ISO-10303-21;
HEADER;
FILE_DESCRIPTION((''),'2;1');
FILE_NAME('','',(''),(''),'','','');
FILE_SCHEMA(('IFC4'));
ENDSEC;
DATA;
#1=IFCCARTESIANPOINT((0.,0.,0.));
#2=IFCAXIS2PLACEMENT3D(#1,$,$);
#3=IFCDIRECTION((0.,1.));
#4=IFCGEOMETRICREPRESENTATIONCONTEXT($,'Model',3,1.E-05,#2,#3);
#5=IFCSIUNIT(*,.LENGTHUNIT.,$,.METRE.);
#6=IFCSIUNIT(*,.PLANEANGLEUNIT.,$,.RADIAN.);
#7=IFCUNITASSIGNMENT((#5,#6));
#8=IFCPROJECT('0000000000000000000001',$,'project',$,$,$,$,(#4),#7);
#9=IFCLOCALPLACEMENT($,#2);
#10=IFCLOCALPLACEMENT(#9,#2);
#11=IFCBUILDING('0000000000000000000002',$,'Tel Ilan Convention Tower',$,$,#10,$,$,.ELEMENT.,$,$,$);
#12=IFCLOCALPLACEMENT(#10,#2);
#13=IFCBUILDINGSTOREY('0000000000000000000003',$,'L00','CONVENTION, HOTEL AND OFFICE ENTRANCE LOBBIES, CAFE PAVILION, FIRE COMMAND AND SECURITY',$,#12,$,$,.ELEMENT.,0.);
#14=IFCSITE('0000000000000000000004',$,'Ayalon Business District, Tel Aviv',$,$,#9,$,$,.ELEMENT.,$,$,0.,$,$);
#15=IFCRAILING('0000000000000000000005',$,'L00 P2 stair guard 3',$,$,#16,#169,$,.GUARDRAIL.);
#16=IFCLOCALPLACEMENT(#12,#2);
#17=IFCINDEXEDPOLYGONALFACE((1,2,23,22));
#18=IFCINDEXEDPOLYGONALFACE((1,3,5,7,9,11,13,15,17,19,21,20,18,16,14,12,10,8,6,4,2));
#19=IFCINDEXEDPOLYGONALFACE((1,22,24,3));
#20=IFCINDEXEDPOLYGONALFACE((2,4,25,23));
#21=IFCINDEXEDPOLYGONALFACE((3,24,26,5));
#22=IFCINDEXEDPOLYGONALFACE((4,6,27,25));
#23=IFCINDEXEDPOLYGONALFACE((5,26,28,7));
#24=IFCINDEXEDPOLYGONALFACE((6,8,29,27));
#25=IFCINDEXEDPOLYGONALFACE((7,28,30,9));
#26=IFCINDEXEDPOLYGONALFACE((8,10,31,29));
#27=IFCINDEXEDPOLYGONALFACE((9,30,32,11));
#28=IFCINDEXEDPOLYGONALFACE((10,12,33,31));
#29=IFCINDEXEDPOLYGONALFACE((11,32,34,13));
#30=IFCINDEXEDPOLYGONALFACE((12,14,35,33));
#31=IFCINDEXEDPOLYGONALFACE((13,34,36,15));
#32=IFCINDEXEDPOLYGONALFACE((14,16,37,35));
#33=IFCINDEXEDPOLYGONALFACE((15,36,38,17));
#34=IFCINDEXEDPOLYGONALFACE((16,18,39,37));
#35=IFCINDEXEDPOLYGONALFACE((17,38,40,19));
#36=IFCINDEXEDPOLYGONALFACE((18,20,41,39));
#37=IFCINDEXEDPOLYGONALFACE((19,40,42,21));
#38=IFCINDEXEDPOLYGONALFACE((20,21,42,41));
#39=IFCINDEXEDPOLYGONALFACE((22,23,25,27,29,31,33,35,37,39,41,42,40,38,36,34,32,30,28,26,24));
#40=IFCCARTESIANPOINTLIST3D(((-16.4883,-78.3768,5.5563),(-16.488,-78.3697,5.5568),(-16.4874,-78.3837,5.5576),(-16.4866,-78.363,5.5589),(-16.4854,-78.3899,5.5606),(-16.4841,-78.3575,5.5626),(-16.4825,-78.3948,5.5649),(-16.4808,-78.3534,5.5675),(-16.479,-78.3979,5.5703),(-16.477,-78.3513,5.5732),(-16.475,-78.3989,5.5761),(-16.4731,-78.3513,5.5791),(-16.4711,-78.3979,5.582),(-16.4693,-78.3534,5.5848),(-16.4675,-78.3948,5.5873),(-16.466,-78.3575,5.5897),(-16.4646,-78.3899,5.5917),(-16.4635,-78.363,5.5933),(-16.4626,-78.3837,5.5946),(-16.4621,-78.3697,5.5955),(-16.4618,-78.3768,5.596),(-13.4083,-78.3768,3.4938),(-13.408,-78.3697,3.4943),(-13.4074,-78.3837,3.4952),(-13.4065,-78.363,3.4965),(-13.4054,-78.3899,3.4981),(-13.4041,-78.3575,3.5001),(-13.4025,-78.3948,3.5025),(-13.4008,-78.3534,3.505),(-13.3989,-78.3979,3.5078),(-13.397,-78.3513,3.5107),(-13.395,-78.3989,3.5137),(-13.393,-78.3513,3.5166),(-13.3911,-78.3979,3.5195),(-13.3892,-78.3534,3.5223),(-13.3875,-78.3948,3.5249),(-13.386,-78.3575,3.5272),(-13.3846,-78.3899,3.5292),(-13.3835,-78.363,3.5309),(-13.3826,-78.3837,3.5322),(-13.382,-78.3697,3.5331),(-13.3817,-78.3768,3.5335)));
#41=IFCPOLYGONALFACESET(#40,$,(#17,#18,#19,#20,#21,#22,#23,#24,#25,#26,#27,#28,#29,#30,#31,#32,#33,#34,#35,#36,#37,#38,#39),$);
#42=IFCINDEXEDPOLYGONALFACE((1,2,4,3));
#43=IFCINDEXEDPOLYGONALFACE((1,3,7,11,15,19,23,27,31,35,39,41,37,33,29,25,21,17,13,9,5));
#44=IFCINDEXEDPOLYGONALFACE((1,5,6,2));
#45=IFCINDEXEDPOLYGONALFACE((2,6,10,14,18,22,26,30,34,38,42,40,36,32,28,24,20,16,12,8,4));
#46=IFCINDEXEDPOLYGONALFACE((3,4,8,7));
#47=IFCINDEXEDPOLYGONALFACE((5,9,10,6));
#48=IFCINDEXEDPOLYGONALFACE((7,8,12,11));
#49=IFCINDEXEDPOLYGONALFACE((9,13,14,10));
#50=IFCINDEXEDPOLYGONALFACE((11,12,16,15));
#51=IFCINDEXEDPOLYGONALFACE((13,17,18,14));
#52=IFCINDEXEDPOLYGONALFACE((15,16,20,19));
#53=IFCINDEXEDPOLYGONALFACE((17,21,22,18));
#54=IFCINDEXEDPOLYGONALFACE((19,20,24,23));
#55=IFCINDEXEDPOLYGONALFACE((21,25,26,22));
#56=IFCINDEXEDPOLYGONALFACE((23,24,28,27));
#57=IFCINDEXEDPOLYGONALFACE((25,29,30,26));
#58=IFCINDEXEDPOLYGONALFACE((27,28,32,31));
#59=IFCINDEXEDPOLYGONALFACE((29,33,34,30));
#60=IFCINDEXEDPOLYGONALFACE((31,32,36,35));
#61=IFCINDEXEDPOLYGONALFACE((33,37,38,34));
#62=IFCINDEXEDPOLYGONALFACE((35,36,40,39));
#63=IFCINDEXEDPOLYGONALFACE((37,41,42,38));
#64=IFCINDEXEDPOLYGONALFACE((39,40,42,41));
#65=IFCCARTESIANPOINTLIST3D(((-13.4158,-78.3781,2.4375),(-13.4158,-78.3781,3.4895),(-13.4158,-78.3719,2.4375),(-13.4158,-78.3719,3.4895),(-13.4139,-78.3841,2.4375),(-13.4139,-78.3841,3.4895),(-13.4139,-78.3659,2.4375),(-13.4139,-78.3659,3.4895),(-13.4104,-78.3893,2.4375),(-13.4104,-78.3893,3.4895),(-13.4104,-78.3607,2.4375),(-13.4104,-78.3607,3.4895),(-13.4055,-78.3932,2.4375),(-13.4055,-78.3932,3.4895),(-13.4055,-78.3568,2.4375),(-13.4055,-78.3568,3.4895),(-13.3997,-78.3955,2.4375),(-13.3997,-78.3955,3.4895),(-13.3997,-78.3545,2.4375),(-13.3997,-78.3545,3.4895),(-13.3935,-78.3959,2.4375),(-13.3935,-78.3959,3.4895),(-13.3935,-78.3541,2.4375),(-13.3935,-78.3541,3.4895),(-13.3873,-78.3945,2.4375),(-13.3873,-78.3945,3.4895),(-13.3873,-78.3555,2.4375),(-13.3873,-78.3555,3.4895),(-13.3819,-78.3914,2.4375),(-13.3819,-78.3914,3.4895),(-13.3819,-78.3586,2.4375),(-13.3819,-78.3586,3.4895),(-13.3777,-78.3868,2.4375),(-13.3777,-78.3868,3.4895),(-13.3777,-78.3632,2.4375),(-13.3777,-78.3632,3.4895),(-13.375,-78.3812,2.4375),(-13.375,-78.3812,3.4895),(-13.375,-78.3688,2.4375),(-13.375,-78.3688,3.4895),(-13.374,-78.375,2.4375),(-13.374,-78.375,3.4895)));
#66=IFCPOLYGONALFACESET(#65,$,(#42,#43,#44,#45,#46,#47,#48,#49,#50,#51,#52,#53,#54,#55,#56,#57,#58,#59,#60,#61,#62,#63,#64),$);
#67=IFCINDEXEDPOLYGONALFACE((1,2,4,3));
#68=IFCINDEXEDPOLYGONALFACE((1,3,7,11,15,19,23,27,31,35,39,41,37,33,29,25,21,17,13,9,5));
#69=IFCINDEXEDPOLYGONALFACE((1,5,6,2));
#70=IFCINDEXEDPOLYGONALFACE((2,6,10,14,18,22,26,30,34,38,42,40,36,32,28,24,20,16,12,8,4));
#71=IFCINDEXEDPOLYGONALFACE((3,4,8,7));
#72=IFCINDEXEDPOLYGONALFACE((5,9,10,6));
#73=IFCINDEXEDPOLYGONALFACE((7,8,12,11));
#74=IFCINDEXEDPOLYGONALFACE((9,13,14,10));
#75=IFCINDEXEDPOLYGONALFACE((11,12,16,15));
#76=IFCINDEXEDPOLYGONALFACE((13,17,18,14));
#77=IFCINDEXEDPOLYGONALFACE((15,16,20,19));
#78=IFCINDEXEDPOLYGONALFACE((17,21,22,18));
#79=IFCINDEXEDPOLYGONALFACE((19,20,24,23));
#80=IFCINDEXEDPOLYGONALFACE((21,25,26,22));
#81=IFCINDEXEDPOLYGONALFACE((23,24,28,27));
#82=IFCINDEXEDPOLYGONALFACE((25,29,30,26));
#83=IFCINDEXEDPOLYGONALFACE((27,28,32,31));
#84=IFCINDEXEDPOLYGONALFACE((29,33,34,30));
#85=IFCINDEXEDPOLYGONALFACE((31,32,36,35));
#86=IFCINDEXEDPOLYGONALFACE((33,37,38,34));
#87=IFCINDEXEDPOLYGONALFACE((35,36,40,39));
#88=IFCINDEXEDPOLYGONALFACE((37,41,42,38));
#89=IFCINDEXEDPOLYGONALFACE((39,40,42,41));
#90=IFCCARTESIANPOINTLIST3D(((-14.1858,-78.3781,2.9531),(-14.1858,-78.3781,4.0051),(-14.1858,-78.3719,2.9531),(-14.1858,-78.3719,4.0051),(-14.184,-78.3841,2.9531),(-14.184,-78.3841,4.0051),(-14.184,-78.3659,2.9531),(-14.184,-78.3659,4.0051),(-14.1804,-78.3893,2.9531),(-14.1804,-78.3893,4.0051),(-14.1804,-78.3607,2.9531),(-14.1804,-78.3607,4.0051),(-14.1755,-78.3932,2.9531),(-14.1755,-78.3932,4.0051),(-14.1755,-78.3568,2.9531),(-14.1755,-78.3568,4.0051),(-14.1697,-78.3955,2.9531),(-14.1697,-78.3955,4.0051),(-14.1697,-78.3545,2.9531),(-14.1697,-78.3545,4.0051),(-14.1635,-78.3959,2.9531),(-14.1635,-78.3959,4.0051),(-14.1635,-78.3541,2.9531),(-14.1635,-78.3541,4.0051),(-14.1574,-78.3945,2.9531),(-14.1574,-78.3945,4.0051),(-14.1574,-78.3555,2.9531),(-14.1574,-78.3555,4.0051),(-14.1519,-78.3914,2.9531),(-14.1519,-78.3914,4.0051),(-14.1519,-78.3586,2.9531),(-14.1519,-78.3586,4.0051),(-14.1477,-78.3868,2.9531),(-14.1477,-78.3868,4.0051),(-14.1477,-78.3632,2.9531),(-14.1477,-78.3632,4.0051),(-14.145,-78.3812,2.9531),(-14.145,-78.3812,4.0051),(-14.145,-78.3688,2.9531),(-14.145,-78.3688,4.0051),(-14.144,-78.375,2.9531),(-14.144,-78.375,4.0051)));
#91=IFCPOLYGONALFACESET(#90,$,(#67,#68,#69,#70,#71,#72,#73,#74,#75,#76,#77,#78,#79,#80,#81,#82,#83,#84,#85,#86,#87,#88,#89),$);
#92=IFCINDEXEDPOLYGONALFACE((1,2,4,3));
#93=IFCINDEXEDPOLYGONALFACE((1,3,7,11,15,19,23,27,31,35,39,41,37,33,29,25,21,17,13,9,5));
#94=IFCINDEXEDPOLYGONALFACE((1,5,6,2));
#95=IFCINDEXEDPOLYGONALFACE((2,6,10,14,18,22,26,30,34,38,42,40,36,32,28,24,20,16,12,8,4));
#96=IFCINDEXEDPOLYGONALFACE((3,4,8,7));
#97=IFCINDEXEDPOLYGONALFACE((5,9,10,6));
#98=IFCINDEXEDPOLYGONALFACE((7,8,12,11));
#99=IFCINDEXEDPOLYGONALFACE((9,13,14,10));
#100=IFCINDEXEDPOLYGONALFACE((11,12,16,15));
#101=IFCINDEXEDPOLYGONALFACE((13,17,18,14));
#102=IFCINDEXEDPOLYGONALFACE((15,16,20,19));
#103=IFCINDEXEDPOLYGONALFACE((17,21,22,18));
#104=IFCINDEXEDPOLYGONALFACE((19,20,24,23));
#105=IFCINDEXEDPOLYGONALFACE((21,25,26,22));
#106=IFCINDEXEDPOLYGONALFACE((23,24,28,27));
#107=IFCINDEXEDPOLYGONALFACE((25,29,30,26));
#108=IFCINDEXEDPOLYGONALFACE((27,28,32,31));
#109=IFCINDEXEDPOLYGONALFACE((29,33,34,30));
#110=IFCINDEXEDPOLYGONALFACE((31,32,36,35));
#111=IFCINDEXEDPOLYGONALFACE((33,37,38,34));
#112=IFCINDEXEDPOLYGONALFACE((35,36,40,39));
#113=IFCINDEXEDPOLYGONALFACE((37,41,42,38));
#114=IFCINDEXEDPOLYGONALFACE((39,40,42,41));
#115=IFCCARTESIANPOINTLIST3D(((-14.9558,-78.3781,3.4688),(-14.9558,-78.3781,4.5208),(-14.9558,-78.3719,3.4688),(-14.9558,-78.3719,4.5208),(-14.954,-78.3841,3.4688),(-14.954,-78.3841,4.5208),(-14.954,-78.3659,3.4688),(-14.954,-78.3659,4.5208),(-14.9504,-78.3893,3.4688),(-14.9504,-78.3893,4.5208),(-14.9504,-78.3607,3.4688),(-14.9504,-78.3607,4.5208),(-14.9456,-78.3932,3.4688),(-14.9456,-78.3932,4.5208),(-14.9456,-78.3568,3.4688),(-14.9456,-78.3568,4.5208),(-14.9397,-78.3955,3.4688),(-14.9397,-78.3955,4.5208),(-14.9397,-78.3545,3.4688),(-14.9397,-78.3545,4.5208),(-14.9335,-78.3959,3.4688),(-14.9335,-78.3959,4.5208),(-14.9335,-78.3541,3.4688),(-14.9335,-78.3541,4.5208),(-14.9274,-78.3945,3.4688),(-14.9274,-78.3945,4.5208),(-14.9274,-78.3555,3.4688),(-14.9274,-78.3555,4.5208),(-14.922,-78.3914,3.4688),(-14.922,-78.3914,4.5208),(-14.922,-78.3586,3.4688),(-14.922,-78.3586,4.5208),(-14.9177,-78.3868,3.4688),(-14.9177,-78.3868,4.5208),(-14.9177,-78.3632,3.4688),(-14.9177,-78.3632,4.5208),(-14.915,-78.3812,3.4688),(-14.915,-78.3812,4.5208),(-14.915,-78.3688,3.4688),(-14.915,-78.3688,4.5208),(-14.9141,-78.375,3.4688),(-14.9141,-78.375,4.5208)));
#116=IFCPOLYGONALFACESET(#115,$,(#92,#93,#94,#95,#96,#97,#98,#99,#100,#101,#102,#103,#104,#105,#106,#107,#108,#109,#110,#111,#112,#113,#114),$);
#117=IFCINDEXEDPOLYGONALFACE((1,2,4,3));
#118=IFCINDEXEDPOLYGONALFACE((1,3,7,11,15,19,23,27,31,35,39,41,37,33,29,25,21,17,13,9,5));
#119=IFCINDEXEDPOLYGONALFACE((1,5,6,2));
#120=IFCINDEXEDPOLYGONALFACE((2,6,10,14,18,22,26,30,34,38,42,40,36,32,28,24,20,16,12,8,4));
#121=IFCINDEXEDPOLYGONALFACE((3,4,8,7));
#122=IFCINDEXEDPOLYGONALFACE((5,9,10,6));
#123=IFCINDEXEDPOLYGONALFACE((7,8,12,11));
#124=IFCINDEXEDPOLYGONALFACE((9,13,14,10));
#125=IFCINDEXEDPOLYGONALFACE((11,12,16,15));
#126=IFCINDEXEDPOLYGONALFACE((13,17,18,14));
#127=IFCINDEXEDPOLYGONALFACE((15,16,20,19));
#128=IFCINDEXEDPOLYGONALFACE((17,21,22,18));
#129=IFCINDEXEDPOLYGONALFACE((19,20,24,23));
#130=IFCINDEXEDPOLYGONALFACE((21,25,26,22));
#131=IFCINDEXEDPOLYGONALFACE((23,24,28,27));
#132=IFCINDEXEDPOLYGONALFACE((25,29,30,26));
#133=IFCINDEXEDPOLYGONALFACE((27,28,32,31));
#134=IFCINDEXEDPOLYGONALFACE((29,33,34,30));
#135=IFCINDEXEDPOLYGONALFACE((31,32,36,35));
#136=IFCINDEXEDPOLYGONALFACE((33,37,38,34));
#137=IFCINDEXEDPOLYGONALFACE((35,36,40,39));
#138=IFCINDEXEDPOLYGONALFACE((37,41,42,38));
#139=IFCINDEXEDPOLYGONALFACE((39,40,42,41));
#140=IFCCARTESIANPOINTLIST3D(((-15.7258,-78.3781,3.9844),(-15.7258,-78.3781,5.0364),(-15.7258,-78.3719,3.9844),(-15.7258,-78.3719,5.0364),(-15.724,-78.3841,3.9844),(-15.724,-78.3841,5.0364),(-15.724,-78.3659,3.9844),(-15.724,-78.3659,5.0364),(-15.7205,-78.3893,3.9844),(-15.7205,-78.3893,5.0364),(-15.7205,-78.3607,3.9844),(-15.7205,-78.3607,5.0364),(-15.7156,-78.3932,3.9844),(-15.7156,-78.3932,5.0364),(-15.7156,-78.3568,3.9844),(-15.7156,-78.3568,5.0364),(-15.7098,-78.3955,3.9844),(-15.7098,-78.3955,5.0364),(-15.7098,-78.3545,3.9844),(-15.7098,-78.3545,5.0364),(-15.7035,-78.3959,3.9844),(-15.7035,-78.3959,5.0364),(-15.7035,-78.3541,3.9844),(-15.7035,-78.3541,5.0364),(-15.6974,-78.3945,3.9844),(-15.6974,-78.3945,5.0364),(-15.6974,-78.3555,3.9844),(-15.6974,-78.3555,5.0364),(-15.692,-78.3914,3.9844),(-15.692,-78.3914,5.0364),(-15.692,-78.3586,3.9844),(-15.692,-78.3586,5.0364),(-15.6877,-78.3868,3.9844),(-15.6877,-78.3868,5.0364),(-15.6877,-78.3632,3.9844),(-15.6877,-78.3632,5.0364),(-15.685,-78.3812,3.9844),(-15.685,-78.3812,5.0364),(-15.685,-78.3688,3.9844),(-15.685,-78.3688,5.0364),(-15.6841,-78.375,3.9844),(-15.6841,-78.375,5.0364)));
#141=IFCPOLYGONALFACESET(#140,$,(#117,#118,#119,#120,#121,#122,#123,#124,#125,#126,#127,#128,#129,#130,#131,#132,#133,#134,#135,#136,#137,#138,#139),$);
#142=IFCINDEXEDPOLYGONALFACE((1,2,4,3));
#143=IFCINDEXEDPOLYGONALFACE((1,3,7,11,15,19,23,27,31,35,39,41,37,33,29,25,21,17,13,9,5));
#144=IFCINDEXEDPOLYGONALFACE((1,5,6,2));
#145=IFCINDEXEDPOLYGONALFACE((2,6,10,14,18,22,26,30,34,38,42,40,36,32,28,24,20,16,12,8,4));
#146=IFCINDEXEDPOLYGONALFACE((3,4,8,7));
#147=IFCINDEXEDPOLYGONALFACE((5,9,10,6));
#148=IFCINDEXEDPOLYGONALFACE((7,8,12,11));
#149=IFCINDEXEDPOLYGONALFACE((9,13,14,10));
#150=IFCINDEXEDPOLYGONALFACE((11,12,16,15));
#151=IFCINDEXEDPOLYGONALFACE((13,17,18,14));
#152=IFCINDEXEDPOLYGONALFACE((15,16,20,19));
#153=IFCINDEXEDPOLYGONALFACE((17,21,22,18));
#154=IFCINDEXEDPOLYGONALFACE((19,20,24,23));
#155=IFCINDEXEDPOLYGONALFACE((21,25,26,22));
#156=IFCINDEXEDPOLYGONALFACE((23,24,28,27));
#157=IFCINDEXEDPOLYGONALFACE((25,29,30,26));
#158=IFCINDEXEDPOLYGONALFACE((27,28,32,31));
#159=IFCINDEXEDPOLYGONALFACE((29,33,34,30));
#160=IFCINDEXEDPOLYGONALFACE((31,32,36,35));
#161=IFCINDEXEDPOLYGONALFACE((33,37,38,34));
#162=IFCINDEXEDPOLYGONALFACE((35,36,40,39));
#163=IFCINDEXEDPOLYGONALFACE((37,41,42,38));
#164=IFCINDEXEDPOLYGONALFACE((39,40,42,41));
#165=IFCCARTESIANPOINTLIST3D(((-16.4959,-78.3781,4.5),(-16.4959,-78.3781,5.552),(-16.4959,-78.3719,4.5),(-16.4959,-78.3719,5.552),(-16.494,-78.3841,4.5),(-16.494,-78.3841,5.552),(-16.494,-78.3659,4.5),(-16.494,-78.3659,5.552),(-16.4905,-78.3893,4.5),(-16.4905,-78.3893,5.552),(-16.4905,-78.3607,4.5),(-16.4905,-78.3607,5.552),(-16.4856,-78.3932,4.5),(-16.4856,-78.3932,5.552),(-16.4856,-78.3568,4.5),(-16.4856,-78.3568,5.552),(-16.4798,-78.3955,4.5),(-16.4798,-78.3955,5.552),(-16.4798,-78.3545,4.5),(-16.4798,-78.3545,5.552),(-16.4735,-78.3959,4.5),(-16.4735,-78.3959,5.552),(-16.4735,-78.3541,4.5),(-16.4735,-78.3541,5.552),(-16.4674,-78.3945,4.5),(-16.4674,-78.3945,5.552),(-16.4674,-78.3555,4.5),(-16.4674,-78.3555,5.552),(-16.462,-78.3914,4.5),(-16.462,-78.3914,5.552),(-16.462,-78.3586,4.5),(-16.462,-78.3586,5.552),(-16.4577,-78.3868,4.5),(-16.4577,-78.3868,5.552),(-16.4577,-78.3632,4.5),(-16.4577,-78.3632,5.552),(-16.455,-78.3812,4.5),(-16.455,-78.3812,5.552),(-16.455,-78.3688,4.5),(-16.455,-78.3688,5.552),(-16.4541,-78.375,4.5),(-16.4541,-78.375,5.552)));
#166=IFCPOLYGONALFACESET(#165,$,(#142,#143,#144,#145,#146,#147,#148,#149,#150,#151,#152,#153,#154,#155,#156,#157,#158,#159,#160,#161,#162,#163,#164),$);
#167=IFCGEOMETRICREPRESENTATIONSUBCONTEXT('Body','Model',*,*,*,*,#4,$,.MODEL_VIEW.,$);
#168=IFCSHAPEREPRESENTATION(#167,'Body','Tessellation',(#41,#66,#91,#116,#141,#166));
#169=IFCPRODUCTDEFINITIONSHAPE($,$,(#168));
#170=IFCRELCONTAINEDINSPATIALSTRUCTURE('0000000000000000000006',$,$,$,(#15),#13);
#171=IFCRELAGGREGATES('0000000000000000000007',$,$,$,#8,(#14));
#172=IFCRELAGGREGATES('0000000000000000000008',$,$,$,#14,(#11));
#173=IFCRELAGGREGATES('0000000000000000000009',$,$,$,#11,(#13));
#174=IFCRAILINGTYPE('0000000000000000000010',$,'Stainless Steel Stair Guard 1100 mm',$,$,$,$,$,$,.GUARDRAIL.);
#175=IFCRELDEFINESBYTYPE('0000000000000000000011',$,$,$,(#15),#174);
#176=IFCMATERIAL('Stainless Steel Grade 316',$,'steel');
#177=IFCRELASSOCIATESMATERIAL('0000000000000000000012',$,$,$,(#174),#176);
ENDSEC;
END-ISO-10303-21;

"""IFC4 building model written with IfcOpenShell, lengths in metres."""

from ifc_helpers import new_model, si_unit, direction, frame, origin, origin_2d, place, context, subcontext, project, spatial, circle, extrude, material, type_object, element, save


model = new_model("IFC4")

# Units and contexts
model_context = context("Model", 3, precision=1e-05, world=origin(), true_north=direction((0.0, 1.0)))
body_context = subcontext(model_context, "Body", "Model", "MODEL_VIEW")
ifc_project = project(units=[si_unit("LENGTHUNIT", "METRE"), si_unit("PLANEANGLEUNIT", "RADIAN")], contexts=[model_context])

# Site, building, storey
site_placement = place(None, origin())
site = spatial("IfcSite", under=ifc_project, at=site_placement, Name="Ayalon Business District, Tel Aviv", CompositionType="ELEMENT", RefElevation=0.0)
building_placement = place(site_placement, origin())
building = spatial("IfcBuilding", under=site, at=building_placement, Name="Tel Ilan Convention Tower", CompositionType="ELEMENT")
storey_placement = place(building_placement, origin())
storey = spatial("IfcBuildingStorey", under=building, at=storey_placement, Name="L00", Description="CONVENTION, HOTEL AND OFFICE ENTRANCE LOBBIES, CAFE PAVILION, FIRE COMMAND AND SECURITY", CompositionType="ELEMENT", Elevation=0.0)

# Railing
ifc_material_1 = material(Name="Stainless Steel Grade 316", Category="steel")
railing_type_1 = type_object("IfcRailingType", Name="Stainless Steel Stair Guard 1100 mm", PredefinedType="GUARDRAIL", material=ifc_material_1)
railing_1_placement = place(storey_placement, frame((-13.395, -78.375, 2.4375)))
element("IfcRailing", 1, at=railing_1_placement, inside=storey, type_object=railing_type_1, Name="L00 P2 stair guard 3", PredefinedType="GUARDRAIL", context=body_context, shape_type="SweptSolid", body=[
    extrude(circle(Radius=0.0239, at=origin_2d()), frame((0.0, 0.0, 1.0762), z_axis=(-0.830914, 0.0, 0.556401), x_axis=(0.0, -1.0, 0.0)), (0.0, 0.0, 1.0), 3.7068),
    extrude(circle(Radius=0.021, at=origin_2d()), origin(), (0.0, 0.0, 1.0), 1.052),
    extrude(circle(Radius=0.021, at=origin_2d()), frame((-0.77, 0.0, 0.5156)), (0.0, 0.0, 1.0), 1.052),
    extrude(circle(Radius=0.021, at=origin_2d()), frame((-1.54, 0.0, 1.0312)), (0.0, 0.0, 1.0), 1.052),
    extrude(circle(Radius=0.021, at=origin_2d()), frame((-2.3101, 0.0, 1.5469)), (0.0, 0.0, 1.0), 1.052),
    extrude(circle(Radius=0.021, at=origin_2d()), frame((-3.0801, 0.0, 2.0625)), (0.0, 0.0, 1.0), 1.052),
])

save(model, "model.ifc")
